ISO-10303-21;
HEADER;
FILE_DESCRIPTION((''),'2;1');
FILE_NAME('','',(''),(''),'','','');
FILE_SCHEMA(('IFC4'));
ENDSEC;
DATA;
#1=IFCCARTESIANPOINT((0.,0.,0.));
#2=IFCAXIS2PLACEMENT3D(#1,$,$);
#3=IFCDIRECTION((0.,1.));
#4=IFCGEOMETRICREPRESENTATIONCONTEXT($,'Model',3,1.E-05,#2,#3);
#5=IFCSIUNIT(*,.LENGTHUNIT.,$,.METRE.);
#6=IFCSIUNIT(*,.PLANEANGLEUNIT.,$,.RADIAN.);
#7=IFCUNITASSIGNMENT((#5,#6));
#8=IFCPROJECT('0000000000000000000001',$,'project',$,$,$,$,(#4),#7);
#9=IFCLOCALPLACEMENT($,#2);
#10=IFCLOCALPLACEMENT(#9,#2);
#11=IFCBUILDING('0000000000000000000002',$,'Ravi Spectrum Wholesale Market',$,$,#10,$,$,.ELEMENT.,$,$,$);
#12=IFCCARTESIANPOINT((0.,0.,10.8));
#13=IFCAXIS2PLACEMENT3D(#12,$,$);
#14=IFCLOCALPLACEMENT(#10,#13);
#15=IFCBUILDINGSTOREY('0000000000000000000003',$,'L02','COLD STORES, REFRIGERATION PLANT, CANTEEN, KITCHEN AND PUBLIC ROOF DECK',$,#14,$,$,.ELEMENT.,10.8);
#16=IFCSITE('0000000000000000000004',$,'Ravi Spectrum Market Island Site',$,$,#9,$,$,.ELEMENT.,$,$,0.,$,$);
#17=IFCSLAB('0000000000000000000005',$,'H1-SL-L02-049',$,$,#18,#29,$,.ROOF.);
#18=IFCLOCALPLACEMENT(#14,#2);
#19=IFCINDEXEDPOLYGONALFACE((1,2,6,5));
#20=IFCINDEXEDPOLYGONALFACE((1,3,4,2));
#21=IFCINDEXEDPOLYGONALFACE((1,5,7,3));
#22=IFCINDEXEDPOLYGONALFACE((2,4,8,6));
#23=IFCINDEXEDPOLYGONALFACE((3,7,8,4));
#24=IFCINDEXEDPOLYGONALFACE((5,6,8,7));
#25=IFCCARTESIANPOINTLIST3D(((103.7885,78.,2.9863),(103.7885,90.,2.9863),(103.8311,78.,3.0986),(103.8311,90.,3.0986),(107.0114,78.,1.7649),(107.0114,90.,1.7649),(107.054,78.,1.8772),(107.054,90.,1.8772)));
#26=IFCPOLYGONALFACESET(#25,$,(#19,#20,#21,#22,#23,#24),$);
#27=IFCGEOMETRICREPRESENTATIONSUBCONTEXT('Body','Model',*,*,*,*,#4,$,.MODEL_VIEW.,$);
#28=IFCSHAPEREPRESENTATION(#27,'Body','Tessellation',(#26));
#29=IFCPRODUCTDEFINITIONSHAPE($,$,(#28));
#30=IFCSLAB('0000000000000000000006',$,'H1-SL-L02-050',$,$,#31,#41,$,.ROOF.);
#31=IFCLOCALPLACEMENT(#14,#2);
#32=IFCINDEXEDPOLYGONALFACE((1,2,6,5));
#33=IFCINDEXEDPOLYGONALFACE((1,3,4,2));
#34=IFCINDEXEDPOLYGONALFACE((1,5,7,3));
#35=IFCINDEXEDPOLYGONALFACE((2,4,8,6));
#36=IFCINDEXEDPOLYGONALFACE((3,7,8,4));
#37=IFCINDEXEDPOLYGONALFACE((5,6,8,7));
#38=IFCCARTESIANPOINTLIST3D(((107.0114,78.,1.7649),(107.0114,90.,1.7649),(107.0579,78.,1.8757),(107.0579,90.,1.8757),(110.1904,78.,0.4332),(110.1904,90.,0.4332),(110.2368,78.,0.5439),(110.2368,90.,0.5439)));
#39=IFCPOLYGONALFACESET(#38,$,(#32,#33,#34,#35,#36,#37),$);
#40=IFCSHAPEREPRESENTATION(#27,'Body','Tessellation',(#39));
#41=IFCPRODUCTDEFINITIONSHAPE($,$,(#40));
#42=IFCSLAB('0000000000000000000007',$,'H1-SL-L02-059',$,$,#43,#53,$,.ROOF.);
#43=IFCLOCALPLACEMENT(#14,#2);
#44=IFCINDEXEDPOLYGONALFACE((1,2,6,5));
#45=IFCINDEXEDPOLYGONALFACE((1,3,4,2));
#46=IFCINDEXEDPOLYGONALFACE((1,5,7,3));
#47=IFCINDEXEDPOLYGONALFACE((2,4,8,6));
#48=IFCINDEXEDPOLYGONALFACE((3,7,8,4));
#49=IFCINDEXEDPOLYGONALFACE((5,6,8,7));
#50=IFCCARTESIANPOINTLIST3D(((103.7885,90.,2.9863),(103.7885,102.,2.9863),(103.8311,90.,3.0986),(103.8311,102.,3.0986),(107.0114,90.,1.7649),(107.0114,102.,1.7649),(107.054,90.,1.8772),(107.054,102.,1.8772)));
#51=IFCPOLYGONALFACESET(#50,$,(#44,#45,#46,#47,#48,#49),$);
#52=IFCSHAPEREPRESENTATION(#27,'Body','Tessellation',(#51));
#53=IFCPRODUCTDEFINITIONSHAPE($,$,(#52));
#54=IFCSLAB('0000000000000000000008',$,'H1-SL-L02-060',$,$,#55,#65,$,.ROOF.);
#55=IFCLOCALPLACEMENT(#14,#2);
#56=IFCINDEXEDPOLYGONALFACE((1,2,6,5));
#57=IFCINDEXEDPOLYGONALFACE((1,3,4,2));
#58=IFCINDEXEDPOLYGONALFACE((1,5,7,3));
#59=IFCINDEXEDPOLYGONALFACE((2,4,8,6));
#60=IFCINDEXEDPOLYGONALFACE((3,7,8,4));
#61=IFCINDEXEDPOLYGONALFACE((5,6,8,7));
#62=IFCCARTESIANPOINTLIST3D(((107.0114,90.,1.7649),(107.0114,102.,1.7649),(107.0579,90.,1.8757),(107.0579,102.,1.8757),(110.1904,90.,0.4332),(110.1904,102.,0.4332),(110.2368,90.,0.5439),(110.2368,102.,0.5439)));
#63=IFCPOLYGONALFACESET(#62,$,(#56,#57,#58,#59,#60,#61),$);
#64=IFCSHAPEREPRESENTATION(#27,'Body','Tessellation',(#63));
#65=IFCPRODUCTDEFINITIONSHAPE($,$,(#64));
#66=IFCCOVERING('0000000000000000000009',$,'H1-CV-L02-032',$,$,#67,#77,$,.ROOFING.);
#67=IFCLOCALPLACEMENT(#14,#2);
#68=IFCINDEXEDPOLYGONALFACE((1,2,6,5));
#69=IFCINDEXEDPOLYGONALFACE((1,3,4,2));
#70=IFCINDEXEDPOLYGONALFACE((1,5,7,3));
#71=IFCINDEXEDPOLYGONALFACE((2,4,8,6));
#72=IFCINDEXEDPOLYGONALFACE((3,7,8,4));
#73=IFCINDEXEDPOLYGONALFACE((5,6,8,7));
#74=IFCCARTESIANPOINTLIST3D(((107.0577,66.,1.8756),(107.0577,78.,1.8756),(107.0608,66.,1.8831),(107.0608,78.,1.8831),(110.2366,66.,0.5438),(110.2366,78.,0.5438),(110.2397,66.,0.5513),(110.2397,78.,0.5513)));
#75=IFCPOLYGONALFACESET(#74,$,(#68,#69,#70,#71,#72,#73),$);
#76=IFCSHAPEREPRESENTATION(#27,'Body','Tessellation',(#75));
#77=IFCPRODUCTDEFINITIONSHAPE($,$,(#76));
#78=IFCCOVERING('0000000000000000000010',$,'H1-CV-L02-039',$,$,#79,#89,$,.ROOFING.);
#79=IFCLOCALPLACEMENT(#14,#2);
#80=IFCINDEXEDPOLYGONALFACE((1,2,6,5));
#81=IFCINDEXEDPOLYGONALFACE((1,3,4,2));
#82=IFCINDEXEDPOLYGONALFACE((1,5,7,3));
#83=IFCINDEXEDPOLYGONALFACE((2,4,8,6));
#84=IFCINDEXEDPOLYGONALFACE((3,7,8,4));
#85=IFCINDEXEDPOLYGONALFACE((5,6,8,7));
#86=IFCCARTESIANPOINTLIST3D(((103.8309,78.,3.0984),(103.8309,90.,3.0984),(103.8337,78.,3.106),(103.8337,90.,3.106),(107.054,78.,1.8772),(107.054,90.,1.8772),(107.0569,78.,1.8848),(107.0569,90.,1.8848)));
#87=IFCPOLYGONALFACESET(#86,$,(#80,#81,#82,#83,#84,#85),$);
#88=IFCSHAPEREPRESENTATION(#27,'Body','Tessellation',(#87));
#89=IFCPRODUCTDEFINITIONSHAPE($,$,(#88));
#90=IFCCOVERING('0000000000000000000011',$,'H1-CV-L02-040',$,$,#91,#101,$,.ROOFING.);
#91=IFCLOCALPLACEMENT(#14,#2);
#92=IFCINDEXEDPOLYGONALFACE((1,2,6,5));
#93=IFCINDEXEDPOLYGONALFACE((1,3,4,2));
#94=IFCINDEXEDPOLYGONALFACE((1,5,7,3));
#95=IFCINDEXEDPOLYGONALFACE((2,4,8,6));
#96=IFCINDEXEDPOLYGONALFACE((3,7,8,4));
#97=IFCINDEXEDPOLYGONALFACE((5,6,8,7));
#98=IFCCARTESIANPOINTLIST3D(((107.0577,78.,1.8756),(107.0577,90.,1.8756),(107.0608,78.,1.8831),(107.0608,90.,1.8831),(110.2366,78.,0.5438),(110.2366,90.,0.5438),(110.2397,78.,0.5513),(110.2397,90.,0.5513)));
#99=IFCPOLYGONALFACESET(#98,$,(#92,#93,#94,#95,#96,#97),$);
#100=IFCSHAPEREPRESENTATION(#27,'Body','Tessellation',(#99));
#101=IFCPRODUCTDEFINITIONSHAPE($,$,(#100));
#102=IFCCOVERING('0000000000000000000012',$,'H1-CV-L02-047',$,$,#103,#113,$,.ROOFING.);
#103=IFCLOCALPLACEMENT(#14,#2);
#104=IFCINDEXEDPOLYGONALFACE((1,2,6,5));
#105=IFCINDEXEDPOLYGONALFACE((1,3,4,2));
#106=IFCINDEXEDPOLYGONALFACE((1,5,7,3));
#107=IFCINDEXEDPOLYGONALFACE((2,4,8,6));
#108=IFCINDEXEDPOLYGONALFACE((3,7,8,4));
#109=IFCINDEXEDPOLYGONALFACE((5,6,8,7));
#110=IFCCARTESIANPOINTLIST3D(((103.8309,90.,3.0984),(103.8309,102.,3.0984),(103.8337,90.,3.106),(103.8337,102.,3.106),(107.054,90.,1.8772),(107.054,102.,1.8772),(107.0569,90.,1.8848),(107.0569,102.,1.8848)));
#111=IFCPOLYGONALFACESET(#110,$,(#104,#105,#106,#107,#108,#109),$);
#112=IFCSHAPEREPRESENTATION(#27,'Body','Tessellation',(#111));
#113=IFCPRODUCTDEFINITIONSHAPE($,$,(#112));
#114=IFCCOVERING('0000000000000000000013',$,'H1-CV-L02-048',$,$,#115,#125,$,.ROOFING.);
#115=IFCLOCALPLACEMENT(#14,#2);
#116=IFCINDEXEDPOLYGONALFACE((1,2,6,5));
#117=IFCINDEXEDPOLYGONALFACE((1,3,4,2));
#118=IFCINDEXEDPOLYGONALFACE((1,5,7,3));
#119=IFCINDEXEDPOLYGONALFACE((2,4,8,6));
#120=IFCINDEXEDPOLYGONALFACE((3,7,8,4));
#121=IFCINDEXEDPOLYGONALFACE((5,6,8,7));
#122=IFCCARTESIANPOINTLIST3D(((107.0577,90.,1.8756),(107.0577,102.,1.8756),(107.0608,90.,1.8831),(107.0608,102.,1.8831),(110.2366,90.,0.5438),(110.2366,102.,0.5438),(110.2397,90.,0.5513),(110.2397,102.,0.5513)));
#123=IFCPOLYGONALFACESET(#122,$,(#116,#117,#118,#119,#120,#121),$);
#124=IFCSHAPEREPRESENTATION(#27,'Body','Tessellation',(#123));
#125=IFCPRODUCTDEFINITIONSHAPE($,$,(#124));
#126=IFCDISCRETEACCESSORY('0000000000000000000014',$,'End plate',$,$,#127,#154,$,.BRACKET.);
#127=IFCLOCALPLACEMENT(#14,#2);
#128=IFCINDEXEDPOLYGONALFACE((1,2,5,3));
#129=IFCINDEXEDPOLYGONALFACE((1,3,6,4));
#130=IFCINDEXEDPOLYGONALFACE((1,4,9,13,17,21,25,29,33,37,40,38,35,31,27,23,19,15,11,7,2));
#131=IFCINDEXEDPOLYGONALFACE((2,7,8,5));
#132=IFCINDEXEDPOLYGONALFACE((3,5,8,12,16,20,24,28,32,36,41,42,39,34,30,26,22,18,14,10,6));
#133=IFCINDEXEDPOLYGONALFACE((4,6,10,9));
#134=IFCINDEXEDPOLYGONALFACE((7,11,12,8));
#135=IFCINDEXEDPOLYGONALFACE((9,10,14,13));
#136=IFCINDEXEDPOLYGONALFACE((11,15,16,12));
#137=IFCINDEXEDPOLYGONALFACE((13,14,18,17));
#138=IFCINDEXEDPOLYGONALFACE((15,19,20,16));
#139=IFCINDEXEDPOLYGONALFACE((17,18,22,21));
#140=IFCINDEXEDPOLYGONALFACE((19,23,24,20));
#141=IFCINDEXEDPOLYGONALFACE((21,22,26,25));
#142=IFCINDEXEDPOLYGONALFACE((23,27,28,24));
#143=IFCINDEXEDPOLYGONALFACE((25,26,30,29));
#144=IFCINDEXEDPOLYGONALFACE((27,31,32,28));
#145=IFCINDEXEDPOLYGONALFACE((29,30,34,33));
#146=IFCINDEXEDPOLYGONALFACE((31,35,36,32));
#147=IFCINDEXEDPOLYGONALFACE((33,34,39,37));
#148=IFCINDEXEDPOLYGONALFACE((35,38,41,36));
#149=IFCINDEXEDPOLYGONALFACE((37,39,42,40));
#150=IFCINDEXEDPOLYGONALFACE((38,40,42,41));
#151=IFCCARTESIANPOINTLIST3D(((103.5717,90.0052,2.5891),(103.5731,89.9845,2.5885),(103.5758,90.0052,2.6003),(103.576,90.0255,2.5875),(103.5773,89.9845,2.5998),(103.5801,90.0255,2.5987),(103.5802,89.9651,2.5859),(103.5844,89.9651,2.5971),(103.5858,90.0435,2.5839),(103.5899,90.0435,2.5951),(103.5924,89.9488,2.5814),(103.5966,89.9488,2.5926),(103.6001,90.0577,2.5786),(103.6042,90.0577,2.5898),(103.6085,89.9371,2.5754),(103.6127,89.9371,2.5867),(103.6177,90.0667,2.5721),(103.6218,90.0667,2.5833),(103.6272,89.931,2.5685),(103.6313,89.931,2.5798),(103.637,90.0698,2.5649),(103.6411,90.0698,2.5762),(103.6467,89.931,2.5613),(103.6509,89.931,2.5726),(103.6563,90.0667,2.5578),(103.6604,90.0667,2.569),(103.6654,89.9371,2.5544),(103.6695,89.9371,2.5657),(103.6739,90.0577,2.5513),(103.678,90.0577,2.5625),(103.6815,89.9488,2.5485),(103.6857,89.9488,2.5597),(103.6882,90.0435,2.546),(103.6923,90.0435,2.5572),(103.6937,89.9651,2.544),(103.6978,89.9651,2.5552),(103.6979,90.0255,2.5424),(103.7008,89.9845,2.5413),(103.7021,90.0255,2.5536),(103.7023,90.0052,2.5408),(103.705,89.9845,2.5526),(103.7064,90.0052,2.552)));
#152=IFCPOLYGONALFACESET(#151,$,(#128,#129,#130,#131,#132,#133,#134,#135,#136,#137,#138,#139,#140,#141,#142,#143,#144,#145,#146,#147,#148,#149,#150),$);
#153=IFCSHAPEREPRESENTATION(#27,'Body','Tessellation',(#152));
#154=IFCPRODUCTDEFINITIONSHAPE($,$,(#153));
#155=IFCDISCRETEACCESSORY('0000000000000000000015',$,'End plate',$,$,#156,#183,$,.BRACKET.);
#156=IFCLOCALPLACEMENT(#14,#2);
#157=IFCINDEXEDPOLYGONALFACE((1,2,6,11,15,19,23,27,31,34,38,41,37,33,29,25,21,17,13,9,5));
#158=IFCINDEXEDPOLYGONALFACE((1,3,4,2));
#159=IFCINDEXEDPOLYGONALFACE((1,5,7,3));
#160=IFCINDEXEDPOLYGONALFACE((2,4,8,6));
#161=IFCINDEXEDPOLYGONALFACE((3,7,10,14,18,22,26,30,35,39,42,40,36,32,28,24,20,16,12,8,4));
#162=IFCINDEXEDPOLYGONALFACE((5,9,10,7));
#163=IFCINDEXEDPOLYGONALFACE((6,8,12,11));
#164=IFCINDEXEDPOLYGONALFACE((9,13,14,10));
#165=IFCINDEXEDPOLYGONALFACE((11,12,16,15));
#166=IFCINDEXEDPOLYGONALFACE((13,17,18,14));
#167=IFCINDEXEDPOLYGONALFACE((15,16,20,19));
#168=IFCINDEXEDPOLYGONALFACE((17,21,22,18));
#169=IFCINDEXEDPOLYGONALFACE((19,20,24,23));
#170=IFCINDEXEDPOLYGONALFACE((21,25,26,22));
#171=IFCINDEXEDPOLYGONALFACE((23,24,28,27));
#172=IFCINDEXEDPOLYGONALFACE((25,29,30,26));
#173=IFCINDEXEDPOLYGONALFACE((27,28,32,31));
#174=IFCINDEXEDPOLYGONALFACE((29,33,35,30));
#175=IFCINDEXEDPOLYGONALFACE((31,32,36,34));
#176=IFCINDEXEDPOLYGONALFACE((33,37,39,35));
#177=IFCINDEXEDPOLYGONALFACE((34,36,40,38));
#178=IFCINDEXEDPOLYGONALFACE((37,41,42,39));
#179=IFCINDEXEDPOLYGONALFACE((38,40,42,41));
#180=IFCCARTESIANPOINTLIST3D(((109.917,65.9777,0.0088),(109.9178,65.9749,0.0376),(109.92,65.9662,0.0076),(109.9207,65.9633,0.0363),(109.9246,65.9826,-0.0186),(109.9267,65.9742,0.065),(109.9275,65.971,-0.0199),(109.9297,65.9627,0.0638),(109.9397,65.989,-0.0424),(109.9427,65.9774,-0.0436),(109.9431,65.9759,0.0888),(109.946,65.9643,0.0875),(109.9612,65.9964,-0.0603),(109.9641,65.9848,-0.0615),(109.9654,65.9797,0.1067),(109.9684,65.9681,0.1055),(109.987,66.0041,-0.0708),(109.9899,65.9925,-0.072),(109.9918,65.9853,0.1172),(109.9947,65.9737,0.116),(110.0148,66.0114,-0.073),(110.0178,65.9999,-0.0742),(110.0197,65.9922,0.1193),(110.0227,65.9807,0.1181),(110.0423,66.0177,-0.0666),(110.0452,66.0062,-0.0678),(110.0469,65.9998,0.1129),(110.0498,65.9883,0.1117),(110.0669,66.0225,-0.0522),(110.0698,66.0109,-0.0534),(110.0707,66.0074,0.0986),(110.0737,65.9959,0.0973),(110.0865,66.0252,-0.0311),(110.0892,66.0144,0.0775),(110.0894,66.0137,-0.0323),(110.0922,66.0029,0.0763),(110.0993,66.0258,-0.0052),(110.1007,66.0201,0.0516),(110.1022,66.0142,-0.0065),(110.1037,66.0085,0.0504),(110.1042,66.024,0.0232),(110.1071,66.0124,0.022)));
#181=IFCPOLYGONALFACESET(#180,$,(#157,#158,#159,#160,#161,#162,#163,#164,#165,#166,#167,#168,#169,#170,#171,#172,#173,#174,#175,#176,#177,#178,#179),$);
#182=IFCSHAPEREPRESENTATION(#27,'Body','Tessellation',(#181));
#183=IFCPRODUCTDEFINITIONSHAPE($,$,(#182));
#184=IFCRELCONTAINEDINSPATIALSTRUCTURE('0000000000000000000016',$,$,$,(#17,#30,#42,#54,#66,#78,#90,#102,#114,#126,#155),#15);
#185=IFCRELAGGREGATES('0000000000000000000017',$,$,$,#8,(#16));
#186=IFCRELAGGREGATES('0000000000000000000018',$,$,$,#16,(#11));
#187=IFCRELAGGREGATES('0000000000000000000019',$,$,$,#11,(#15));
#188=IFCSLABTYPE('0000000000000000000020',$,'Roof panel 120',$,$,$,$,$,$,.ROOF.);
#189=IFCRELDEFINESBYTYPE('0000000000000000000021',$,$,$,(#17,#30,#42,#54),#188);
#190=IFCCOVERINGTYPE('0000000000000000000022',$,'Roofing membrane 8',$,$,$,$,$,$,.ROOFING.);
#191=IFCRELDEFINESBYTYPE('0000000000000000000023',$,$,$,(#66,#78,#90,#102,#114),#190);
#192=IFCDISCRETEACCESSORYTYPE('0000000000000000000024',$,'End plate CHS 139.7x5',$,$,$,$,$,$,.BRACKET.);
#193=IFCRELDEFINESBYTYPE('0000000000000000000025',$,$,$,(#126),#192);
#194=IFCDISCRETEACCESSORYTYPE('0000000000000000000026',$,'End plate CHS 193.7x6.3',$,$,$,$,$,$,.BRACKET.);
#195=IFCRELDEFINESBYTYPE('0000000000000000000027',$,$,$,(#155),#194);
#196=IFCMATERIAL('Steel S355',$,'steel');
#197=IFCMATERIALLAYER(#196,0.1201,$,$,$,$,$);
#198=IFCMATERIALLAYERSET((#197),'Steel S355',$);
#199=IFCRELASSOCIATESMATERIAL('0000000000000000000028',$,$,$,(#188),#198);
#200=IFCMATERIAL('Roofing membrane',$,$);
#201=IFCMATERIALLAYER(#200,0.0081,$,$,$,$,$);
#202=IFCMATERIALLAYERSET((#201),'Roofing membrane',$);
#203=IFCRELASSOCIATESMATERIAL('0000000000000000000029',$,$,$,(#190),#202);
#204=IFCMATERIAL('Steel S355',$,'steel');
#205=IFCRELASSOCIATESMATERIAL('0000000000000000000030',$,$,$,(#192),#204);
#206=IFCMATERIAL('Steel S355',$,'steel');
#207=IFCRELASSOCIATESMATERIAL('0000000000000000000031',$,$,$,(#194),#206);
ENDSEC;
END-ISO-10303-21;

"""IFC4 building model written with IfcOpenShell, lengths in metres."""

from ifc_helpers import new_model, si_unit, direction, frame, origin, origin_2d, place, context, subcontext, project, spatial, polyline, circle, outline, extrude, material, layer, layer_set, material_profile, profile_set, type_object, element, save


model = new_model("IFC4")

# Units and contexts
model_context = context("Model", 3, precision=1e-05, world=origin(), true_north=direction((0.0, 1.0)))
body_context = subcontext(model_context, "Body", "Model", "MODEL_VIEW")
ifc_project = project(units=[si_unit("LENGTHUNIT", "METRE"), si_unit("PLANEANGLEUNIT", "RADIAN")], contexts=[model_context])

# Site, building, storey
site_placement = place(None, origin())
site = spatial("IfcSite", under=ifc_project, at=site_placement, Name="Ravi Spectrum Market Island Site", CompositionType="ELEMENT", RefElevation=0.0)
building_placement = place(site_placement, origin())
building = spatial("IfcBuilding", under=site, at=building_placement, Name="Ravi Spectrum Wholesale Market", CompositionType="ELEMENT")
storey_placement = place(building_placement, frame((0.0, 0.0, 10.8)))
storey = spatial("IfcBuildingStorey", under=building, at=storey_placement, Name="L02", Description="COLD STORES, REFRIGERATION PLANT, CANTEEN, KITCHEN AND PUBLIC ROOF DECK", CompositionType="ELEMENT", Elevation=10.8)

# Slabs
ifc_material_1 = material(Name="Steel S355", Category="steel")
ifc_layer_1 = layer(ifc_material_1, 0.1201)
ifc_layer_set_1 = layer_set([ifc_layer_1], Name="Steel S355")
slab_type = type_object("IfcSlabType", Name="Roof panel 120", PredefinedType="ROOF", material=ifc_layer_set_1)
slab_1_placement = place(storey_placement, frame((103.8311, 78.0, 3.0986), z_axis=(0.354389, 0.0, 0.935098), x_axis=(0.935098, 0.0, -0.354389)))
element("IfcSlab", 1, at=slab_1_placement, inside=storey, type_object=slab_type, Name="H1-SL-L02-049", PredefinedType="ROOF", context=body_context, shape_type="SweptSolid", body=[
    extrude(outline(polyline([(0.0, 0.0), (3.4466, 0.0), (3.4466, 12.0), (0.0, 12.0), (0.0, 0.0)])), origin(), (0.0, 0.0, -1.0), 0.1201),
])
slab_2_placement = place(storey_placement, frame((107.0579, 78.0, 1.8757), z_axis=(0.3864, 0.0, 0.922331), x_axis=(0.922331, 0.0, -0.3864)))
element("IfcSlab", 2, at=slab_2_placement, inside=storey, type_object=slab_type, Name="H1-SL-L02-050", PredefinedType="ROOF", context=body_context, shape_type="SweptSolid", body=[
    extrude(outline(polyline([(0.0, 0.0), (3.4467, 0.0), (3.4467, 12.0), (0.0, 12.0), (0.0, 0.0)])), origin(), (0.0, 0.0, -1.0), 0.1201),
])
slab_3_placement = place(storey_placement, frame((103.8311, 90.0, 3.0986), z_axis=(0.354389, 0.0, 0.935098), x_axis=(0.935098, 0.0, -0.354389)))
element("IfcSlab", 3, at=slab_3_placement, inside=storey, type_object=slab_type, Name="H1-SL-L02-059", PredefinedType="ROOF", context=body_context, shape_type="SweptSolid", body=[
    extrude(outline(polyline([(0.0, 0.0), (3.4466, 0.0), (3.4466, 12.0), (0.0, 12.0), (0.0, 0.0)])), origin(), (0.0, 0.0, -1.0), 0.1201),
])
slab_4_placement = place(storey_placement, frame((107.0579, 90.0, 1.8757), z_axis=(0.3864, 0.0, 0.922331), x_axis=(0.922331, 0.0, -0.3864)))
element("IfcSlab", 4, at=slab_4_placement, inside=storey, type_object=slab_type, Name="H1-SL-L02-060", PredefinedType="ROOF", context=body_context, shape_type="SweptSolid", body=[
    extrude(outline(polyline([(0.0, 0.0), (3.4467, 0.0), (3.4467, 12.0), (0.0, 12.0), (0.0, 0.0)])), origin(), (0.0, 0.0, -1.0), 0.1201),
])

# Coverings
ifc_material_2 = material(Name="Roofing membrane")
ifc_layer_2 = layer(ifc_material_2, 0.0081)
ifc_layer_set_2 = layer_set([ifc_layer_2], Name="Roofing membrane")
covering_type = type_object("IfcCoveringType", Name="Roofing membrane 8", PredefinedType="ROOFING", material=ifc_layer_set_2)
covering_1_placement = place(storey_placement, frame((107.0608, 66.0, 1.8831), z_axis=(0.3864, 0.0, 0.922331), x_axis=(0.922331, 0.0, -0.3864)))
element("IfcCovering", 5, at=covering_1_placement, inside=storey, type_object=covering_type, Name="H1-CV-L02-032", PredefinedType="ROOFING", context=body_context, shape_type="SweptSolid", body=[
    extrude(outline(polyline([(0.0, 0.0), (3.4467, 0.0), (3.4467, 12.0), (0.0, 12.0), (0.0, 0.0)])), origin(), (0.0, 0.0, -1.0), 0.0081),
])
covering_2_placement = place(storey_placement, frame((103.8337, 78.0, 3.106), z_axis=(0.354304, 0.0, 0.93513), x_axis=(0.93513, 0.0, -0.354304)))
element("IfcCovering", 6, at=covering_2_placement, inside=storey, type_object=covering_type, Name="H1-CV-L02-039", PredefinedType="ROOFING", context=body_context, shape_type="SweptSolid", body=[
    extrude(outline(polyline([(0.0, 0.0), (3.4467, 0.0), (3.4467, 12.0), (0.0, 12.0), (0.0, 0.0)])), origin(), (0.0, 0.0, -1.0), 0.0081),
])
covering_3_placement = place(storey_placement, frame((107.0608, 78.0, 1.8831), z_axis=(0.3864, 0.0, 0.922331), x_axis=(0.922331, 0.0, -0.3864)))
element("IfcCovering", 7, at=covering_3_placement, inside=storey, type_object=covering_type, Name="H1-CV-L02-040", PredefinedType="ROOFING", context=body_context, shape_type="SweptSolid", body=[
    extrude(outline(polyline([(0.0, 0.0), (3.4467, 0.0), (3.4467, 12.0), (0.0, 12.0), (0.0, 0.0)])), origin(), (0.0, 0.0, -1.0), 0.0081),
])
covering_4_placement = place(storey_placement, frame((103.8337, 90.0, 3.106), z_axis=(0.354304, 0.0, 0.93513), x_axis=(0.93513, 0.0, -0.354304)))
element("IfcCovering", 8, at=covering_4_placement, inside=storey, type_object=covering_type, Name="H1-CV-L02-047", PredefinedType="ROOFING", context=body_context, shape_type="SweptSolid", body=[
    extrude(outline(polyline([(0.0, 0.0), (3.4467, 0.0), (3.4467, 12.0), (0.0, 12.0), (0.0, 0.0)])), origin(), (0.0, 0.0, -1.0), 0.0081),
])
covering_5_placement = place(storey_placement, frame((107.0608, 90.0, 1.8831), z_axis=(0.3864, 0.0, 0.922331), x_axis=(0.922331, 0.0, -0.3864)))
element("IfcCovering", 9, at=covering_5_placement, inside=storey, type_object=covering_type, Name="H1-CV-L02-048", PredefinedType="ROOFING", context=body_context, shape_type="SweptSolid", body=[
    extrude(outline(polyline([(0.0, 0.0), (3.4467, 0.0), (3.4467, 12.0), (0.0, 12.0), (0.0, 0.0)])), origin(), (0.0, 0.0, -1.0), 0.0081),
])

# Discrete accessories
ifc_material_3 = material(Name="Steel S355", Category="steel")
ifc_material_profile_1 = material_profile(ifc_material_3, circle(Radius=0.0698, at=origin_2d()))
ifc_profile_set_1 = profile_set([ifc_material_profile_1], Name="Steel S355")
discrete_accessory_type_1 = type_object("IfcDiscreteAccessoryType", Name="End plate CHS 139.7x5", PredefinedType="BRACKET", material=ifc_profile_set_1)
discrete_accessory_1_placement = place(storey_placement, frame((103.637, 90.0, 2.5649), z_axis=(0.34665, 0.0, 0.937994), x_axis=(0.0, 1.0, 0.0)))
element("IfcDiscreteAccessory", 10, at=discrete_accessory_1_placement, inside=storey, type_object=discrete_accessory_type_1, Name="End plate", PredefinedType="BRACKET", context=body_context, shape_type="SweptSolid", body=[
    extrude(circle(Radius=0.0698, at=origin_2d()), origin(), (0.0, 0.0, 1.0), 0.012),
])
ifc_material_4 = material(Name="Steel S355", Category="steel")
ifc_material_profile_2 = material_profile(ifc_material_4, circle(Radius=0.0969, at=origin_2d()))
ifc_profile_set_2 = profile_set([ifc_material_profile_2], Name="Steel S355")
discrete_accessory_type_2 = type_object("IfcDiscreteAccessoryType", Name="End plate CHS 193.7x6.3", PredefinedType="BRACKET", material=ifc_profile_set_2)
discrete_accessory_2_placement = place(storey_placement, frame((110.0103, 66.0, 0.0232), z_axis=(0.246079, -0.963811, -0.102533), x_axis=(0.968918, 0.247383, 0.0)))
element("IfcDiscreteAccessory", 11, at=discrete_accessory_2_placement, inside=storey, type_object=discrete_accessory_type_2, Name="End plate", PredefinedType="BRACKET", context=body_context, shape_type="SweptSolid", body=[
    extrude(circle(Radius=0.0969, at=origin_2d()), origin(), (0.0, 0.0, 1.0), 0.012),
])

save(model, "model.ifc")
